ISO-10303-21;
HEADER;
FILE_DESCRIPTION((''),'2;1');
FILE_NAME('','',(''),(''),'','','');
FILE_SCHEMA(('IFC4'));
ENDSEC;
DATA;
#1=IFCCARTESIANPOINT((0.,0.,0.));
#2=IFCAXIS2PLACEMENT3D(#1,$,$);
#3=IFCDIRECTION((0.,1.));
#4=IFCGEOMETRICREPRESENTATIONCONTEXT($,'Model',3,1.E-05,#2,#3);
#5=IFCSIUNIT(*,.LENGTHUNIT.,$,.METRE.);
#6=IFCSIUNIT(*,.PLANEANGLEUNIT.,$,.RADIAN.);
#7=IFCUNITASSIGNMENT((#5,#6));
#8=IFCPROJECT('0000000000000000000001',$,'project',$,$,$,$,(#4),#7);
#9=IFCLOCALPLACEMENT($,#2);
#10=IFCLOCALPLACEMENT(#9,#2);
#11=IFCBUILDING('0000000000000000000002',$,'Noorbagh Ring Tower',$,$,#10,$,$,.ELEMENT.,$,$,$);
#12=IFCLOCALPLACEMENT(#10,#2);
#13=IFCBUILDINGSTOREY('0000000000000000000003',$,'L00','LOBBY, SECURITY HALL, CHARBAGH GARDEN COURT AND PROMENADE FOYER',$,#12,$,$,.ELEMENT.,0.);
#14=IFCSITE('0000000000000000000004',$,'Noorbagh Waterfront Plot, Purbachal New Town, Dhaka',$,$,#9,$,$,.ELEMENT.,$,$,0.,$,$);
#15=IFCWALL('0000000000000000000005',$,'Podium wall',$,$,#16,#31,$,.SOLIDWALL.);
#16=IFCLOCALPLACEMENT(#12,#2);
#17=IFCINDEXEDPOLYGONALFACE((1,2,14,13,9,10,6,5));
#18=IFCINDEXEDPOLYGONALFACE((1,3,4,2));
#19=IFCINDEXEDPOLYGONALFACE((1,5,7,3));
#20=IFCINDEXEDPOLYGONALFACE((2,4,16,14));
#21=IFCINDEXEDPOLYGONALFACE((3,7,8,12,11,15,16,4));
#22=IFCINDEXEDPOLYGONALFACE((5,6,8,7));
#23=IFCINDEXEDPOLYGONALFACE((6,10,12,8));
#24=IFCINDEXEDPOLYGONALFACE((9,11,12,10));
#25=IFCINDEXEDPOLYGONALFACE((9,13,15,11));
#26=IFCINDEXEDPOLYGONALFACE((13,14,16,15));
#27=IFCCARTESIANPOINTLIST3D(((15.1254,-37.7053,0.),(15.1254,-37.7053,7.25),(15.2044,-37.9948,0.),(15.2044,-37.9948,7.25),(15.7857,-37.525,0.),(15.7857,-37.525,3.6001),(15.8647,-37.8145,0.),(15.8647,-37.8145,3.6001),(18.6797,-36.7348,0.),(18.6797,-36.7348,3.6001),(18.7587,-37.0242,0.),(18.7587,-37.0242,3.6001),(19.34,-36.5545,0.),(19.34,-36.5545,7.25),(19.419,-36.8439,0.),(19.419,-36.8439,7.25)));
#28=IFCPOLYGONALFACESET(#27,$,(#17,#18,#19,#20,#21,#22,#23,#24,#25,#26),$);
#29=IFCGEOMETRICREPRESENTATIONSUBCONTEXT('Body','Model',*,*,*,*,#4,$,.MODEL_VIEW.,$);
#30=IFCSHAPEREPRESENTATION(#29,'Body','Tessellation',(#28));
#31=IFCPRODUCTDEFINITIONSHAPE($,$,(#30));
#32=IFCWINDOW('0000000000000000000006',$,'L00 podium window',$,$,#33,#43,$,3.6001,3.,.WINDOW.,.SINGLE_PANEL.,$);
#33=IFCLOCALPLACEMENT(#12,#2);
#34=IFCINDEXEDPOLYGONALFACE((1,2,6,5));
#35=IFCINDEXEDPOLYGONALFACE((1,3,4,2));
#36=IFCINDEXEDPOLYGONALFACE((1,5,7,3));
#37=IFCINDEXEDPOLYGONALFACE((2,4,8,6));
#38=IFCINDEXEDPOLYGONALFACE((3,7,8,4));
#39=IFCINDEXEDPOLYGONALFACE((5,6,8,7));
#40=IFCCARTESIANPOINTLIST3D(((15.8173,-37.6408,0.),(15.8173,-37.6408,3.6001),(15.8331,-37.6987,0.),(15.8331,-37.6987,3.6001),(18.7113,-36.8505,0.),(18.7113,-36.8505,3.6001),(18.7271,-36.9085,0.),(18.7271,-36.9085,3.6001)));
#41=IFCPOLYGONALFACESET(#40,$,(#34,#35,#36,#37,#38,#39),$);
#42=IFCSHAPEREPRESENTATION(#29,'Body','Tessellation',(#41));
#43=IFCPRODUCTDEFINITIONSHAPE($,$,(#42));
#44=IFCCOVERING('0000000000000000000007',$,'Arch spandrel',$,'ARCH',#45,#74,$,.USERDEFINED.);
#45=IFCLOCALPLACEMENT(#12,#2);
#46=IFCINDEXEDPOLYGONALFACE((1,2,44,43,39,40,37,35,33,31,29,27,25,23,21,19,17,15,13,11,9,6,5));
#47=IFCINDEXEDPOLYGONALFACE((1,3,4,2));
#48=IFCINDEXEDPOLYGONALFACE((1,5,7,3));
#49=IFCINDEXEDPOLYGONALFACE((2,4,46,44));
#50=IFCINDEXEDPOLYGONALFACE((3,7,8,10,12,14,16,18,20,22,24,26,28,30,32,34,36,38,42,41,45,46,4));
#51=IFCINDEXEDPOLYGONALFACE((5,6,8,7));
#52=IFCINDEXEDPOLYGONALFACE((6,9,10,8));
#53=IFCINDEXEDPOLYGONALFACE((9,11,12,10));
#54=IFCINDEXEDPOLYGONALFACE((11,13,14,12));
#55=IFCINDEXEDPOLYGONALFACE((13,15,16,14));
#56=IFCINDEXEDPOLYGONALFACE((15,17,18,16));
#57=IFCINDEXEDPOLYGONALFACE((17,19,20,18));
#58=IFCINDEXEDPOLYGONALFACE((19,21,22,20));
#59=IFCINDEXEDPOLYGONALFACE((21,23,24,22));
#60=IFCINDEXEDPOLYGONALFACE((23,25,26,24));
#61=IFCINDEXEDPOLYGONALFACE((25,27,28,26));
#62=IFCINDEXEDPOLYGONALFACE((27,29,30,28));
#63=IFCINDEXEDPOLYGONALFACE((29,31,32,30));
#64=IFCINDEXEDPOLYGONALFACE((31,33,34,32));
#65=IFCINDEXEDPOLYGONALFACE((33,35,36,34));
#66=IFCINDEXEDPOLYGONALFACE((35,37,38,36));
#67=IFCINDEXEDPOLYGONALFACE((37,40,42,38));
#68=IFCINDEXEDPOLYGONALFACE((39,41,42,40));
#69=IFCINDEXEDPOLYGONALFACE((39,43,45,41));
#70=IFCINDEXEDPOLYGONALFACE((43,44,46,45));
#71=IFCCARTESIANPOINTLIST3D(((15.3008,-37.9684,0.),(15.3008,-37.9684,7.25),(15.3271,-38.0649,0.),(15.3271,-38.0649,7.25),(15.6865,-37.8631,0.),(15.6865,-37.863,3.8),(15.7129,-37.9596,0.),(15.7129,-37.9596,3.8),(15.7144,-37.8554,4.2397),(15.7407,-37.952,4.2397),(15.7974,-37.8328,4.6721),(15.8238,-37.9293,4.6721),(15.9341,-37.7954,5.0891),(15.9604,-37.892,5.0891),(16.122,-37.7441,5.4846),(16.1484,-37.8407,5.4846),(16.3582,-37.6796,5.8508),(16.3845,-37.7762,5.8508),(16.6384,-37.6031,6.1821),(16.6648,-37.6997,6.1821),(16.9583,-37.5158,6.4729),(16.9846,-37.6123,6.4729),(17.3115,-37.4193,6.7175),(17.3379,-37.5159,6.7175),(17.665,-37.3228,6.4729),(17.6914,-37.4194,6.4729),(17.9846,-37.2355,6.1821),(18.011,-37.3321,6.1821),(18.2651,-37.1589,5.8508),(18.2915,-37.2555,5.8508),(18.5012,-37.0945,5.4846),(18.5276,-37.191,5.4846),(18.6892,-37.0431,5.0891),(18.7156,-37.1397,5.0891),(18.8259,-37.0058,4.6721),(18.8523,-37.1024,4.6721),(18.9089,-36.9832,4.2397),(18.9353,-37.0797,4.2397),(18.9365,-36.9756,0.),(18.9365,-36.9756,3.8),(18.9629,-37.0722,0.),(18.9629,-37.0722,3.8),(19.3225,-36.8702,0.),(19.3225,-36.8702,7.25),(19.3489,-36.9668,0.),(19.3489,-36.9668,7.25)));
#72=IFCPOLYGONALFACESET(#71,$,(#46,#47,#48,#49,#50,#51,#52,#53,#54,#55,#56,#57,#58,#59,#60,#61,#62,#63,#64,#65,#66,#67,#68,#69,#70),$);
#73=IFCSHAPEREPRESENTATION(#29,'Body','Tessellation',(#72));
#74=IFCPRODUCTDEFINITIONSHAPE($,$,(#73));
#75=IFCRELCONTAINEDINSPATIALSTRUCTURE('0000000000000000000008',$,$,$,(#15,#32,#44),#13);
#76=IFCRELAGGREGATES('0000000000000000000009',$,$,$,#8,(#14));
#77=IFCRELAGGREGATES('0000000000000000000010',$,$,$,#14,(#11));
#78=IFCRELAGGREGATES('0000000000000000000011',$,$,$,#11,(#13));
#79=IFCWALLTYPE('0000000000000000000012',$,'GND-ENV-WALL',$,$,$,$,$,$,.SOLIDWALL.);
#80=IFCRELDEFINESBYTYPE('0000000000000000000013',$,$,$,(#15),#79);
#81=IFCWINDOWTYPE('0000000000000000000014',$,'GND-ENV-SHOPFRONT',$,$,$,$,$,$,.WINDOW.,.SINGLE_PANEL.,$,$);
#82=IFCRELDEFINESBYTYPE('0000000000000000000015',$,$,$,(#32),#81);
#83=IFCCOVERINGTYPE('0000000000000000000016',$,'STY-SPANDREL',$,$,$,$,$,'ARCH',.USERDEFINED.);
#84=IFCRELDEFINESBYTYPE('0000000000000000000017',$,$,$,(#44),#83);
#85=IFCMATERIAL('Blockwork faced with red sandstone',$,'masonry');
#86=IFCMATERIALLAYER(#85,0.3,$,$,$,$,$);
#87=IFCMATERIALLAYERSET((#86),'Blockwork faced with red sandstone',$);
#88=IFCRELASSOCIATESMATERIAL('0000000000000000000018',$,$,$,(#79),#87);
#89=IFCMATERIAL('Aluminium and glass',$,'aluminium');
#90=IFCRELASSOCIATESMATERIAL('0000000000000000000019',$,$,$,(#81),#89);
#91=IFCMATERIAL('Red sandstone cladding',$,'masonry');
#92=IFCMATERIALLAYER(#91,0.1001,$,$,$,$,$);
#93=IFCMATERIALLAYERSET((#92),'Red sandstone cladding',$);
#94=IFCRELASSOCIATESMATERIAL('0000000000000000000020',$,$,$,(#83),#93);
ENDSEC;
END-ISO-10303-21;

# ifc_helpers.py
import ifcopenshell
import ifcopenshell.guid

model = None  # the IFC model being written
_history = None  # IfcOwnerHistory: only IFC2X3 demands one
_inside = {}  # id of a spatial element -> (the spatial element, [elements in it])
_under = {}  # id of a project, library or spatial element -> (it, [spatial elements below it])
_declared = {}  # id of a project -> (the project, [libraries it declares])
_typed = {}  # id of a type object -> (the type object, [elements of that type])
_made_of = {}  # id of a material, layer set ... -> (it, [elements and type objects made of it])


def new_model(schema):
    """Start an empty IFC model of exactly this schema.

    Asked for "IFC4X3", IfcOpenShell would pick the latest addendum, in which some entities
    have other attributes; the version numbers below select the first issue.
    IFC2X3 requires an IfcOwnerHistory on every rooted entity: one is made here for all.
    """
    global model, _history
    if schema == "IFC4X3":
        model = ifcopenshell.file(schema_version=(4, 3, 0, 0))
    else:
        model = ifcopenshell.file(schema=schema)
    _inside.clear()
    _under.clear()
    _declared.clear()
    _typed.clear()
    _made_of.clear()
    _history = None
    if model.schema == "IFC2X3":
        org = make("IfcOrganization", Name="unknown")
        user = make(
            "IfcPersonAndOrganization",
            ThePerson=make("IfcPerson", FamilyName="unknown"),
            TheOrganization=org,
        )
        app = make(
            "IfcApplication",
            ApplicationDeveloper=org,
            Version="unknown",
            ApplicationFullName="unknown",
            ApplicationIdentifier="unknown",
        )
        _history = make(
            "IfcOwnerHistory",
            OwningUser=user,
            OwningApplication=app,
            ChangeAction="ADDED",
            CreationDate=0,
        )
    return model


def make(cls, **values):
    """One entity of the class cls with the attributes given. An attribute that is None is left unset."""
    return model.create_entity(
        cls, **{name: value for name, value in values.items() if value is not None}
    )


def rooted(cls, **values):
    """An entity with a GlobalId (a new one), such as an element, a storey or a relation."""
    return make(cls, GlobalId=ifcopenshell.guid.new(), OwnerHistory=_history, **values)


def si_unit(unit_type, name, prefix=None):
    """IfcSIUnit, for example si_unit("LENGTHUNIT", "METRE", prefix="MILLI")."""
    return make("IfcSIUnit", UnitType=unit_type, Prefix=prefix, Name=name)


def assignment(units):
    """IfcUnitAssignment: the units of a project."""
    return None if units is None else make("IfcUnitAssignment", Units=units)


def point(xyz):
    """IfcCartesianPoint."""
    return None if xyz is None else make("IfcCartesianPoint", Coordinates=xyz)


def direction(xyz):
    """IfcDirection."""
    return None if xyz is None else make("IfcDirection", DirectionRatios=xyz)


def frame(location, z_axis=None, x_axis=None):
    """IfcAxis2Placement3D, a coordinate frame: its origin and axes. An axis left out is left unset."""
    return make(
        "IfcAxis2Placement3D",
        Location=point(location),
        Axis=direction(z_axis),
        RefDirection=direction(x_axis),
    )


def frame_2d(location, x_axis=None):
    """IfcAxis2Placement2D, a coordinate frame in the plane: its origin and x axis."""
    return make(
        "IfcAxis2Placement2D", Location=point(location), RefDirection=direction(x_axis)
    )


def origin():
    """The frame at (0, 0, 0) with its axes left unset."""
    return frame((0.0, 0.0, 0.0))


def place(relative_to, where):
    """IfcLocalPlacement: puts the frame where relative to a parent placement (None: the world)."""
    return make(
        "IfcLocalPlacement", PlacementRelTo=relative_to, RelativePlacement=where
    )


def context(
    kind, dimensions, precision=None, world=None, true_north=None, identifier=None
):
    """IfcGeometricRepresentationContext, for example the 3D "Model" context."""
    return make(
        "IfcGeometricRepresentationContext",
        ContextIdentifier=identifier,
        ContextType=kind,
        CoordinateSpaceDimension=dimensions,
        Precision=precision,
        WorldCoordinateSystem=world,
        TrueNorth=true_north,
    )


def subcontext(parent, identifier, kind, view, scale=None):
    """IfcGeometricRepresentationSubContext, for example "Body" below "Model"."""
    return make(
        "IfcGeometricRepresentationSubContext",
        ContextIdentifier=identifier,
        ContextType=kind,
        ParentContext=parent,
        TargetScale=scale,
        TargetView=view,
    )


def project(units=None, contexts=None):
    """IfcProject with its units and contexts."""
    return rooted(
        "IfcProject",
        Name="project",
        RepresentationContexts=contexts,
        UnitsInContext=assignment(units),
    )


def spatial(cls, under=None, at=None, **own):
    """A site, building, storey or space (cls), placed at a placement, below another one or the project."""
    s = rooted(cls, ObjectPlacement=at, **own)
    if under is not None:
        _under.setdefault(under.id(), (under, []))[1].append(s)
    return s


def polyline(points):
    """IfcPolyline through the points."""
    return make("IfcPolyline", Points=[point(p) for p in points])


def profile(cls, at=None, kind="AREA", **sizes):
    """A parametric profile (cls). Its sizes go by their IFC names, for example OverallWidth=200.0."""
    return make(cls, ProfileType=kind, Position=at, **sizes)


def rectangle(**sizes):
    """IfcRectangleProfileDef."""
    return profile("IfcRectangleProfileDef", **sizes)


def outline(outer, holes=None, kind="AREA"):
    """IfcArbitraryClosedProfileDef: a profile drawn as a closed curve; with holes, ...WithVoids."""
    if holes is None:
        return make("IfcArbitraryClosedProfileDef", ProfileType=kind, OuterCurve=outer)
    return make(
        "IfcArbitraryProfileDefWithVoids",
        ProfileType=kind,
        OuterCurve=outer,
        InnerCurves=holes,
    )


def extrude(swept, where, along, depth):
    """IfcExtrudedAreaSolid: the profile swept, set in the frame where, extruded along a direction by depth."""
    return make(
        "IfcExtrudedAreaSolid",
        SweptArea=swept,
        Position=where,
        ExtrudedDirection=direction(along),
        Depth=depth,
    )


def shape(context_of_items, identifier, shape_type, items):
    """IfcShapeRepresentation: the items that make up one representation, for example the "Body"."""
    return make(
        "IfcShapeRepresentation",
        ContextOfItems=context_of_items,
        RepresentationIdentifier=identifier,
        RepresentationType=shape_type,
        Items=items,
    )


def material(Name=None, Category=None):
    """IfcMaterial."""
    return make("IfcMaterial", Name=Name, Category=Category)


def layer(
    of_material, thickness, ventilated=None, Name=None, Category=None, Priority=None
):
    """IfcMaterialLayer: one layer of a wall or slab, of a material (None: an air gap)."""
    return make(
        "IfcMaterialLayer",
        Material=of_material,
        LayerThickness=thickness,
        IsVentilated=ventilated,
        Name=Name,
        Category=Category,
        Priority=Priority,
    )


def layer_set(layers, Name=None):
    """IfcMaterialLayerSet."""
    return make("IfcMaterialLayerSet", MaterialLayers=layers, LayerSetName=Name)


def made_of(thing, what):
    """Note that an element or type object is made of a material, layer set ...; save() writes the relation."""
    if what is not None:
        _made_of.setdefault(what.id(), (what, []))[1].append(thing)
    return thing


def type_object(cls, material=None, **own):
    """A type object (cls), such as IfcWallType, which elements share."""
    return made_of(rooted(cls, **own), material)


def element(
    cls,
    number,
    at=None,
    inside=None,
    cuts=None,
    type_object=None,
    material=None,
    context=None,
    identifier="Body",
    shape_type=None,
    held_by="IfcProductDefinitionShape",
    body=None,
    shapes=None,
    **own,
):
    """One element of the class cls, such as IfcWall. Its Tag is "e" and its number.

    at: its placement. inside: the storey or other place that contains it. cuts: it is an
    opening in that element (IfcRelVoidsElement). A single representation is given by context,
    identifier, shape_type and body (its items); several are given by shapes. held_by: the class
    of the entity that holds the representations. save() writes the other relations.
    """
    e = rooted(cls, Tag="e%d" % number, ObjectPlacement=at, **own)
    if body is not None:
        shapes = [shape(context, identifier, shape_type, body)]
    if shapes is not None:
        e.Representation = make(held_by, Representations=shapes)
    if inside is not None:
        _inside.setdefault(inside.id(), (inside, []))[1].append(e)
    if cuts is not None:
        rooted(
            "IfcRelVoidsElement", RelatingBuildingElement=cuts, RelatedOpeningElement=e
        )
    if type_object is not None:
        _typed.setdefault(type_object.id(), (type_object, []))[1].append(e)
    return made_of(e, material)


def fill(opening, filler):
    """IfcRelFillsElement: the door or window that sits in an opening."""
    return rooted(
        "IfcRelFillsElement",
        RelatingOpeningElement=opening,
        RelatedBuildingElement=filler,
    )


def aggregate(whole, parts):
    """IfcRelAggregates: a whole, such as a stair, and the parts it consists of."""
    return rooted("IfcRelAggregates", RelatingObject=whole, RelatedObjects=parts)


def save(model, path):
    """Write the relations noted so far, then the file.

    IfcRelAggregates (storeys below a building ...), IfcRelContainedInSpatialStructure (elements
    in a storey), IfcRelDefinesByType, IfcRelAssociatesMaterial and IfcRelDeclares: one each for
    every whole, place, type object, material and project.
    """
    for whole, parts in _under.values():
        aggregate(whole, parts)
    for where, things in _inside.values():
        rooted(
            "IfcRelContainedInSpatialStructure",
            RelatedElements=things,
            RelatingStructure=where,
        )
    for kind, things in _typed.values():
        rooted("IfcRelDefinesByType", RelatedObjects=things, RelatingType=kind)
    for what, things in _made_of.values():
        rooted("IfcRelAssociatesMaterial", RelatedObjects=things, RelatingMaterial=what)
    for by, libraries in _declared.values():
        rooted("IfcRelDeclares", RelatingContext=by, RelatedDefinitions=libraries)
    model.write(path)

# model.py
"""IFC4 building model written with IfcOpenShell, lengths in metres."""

from ifc_helpers import new_model, si_unit, direction, frame, frame_2d, origin, place, context, subcontext, project, spatial, polyline, rectangle, outline, extrude, material, layer, layer_set, type_object, element, fill, save


model = new_model("IFC4")

# Units and contexts
model_context = context("Model", 3, precision=1e-05, world=origin(), true_north=direction((0.0, 1.0)))
body_context = subcontext(model_context, "Body", "Model", "MODEL_VIEW")
ifc_project = project(units=[si_unit("LENGTHUNIT", "METRE"), si_unit("PLANEANGLEUNIT", "RADIAN")], contexts=[model_context])

# Site, building, storey
site_placement = place(None, origin())
site = spatial("IfcSite", under=ifc_project, at=site_placement, Name="Noorbagh Waterfront Plot, Purbachal New Town, Dhaka", CompositionType="ELEMENT", RefElevation=0.0)
building_placement = place(site_placement, origin())
building = spatial("IfcBuilding", under=site, at=building_placement, Name="Noorbagh Ring Tower", CompositionType="ELEMENT")
storey_placement = place(building_placement, origin())
storey = spatial("IfcBuildingStorey", under=building, at=storey_placement, Name="L00", Description="LOBBY, SECURITY HALL, CHARBAGH GARDEN COURT AND PROMENADE FOYER", CompositionType="ELEMENT", Elevation=0.0)

# Shared definitions
ifc_material_1 = material(Name="Blockwork faced with red sandstone", Category="masonry")
ifc_layer_1 = layer(ifc_material_1, 0.3)
ifc_layer_set_1 = layer_set([ifc_layer_1], Name="Blockwork faced with red sandstone")
wall_type = type_object("IfcWallType", Name="GND-ENV-WALL", PredefinedType="SOLIDWALL", material=ifc_layer_set_1)

# Wall, opening, window
wall_1_placement = place(storey_placement, frame((15.1648, -37.8501, 0.0), z_axis=(0.0, 0.0, 1.0), x_axis=(0.96468, 0.263425, 0.0)))
wall_1 = element("IfcWall", 1, at=wall_1_placement, inside=storey, type_object=wall_type, Name="Podium wall", PredefinedType="SOLIDWALL", context=body_context, shape_type="SweptSolid", body=[
    extrude(rectangle(XDim=4.3689, YDim=0.3, at=frame_2d((2.1846, 0.0))), origin(), (0.0, 0.0, 1.0), 7.25),
])
opening_1_placement = place(wall_1_placement, frame((0.6846, 0.0, 0.0)))
opening_1 = element("IfcOpeningElement", 2, at=opening_1_placement, cuts=wall_1, PredefinedType="OPENING", context=body_context, shape_type="SweptSolid", body=[
    extrude(rectangle(XDim=3.0, YDim=3.6001, at=frame_2d((1.5, 1.8))), frame((0.0, 0.1602, 0.0), z_axis=(0.0, -1.0, 0.0), x_axis=(1.0, 0.0, 0.0)), (0.0, 0.0, 1.0), 0.3201),
])
ifc_material_2 = material(Name="Aluminium and glass", Category="aluminium")
window_type = type_object("IfcWindowType", Name="GND-ENV-SHOPFRONT", PartitioningType="SINGLE_PANEL", PredefinedType="WINDOW", material=ifc_material_2)
window_placement = place(opening_1_placement, origin())
window = element("IfcWindow", 3, at=window_placement, inside=storey, type_object=window_type, Name="L00 podium window", OverallHeight=3.6001, OverallWidth=3.0, PartitioningType="SINGLE_PANEL", PredefinedType="WINDOW", context=body_context, shape_type="SweptSolid", body=[
    extrude(rectangle(XDim=3.0, YDim=3.6001, at=frame_2d((1.5, 1.8))), frame((0.0, 0.03, 0.0), z_axis=(0.0, -1.0, 0.0), x_axis=(1.0, 0.0, 0.0)), (0.0, 0.0, 1.0), 0.0601),
])
fill(opening_1, window)

# Covering
ifc_material_3 = material(Name="Red sandstone cladding", Category="masonry")
ifc_layer_2 = layer(ifc_material_3, 0.1001)
ifc_layer_set_2 = layer_set([ifc_layer_2], Name="Red sandstone cladding")
covering_type = type_object("IfcCoveringType", Name="STY-SPANDREL", ElementType="ARCH", PredefinedType="USERDEFINED", material=ifc_layer_set_2)
covering_placement = place(storey_placement, frame((15.3271, -38.0649, 0.0), z_axis=(0.26341, -0.964684, 0.000003), x_axis=(0.964684, 0.26341, 0.0)))
element("IfcCovering", 4, at=covering_placement, inside=storey, type_object=covering_type, Name="Arch spandrel", ObjectType="ARCH", PredefinedType="USERDEFINED", context=body_context, shape_type="SweptSolid", body=[
    extrude(outline(polyline([(0.0, 0.0), (0.3998, 0.0), (0.3998, 3.8), (0.4287, 4.2397), (0.5148, 4.6721), (0.6565, 5.0891), (0.8513, 5.4846), (1.0961, 5.8508), (1.3866, 6.1821), (1.7182, 6.4729), (2.0844, 6.7175), (2.4508, 6.4729), (2.7821, 6.1821), (3.0729, 5.8508), (3.3176, 5.4846), (3.5125, 5.0891), (3.6542, 4.6721), (3.7402, 4.2397), (3.7688, 3.8), (3.7688, 0.0), (4.169, 0.0), (4.169, 7.25), (0.0, 7.25), (0.0, 0.0)])), origin(), (0.0, 0.0, -1.0), 0.1001),
])

save(model, "model.ifc")
